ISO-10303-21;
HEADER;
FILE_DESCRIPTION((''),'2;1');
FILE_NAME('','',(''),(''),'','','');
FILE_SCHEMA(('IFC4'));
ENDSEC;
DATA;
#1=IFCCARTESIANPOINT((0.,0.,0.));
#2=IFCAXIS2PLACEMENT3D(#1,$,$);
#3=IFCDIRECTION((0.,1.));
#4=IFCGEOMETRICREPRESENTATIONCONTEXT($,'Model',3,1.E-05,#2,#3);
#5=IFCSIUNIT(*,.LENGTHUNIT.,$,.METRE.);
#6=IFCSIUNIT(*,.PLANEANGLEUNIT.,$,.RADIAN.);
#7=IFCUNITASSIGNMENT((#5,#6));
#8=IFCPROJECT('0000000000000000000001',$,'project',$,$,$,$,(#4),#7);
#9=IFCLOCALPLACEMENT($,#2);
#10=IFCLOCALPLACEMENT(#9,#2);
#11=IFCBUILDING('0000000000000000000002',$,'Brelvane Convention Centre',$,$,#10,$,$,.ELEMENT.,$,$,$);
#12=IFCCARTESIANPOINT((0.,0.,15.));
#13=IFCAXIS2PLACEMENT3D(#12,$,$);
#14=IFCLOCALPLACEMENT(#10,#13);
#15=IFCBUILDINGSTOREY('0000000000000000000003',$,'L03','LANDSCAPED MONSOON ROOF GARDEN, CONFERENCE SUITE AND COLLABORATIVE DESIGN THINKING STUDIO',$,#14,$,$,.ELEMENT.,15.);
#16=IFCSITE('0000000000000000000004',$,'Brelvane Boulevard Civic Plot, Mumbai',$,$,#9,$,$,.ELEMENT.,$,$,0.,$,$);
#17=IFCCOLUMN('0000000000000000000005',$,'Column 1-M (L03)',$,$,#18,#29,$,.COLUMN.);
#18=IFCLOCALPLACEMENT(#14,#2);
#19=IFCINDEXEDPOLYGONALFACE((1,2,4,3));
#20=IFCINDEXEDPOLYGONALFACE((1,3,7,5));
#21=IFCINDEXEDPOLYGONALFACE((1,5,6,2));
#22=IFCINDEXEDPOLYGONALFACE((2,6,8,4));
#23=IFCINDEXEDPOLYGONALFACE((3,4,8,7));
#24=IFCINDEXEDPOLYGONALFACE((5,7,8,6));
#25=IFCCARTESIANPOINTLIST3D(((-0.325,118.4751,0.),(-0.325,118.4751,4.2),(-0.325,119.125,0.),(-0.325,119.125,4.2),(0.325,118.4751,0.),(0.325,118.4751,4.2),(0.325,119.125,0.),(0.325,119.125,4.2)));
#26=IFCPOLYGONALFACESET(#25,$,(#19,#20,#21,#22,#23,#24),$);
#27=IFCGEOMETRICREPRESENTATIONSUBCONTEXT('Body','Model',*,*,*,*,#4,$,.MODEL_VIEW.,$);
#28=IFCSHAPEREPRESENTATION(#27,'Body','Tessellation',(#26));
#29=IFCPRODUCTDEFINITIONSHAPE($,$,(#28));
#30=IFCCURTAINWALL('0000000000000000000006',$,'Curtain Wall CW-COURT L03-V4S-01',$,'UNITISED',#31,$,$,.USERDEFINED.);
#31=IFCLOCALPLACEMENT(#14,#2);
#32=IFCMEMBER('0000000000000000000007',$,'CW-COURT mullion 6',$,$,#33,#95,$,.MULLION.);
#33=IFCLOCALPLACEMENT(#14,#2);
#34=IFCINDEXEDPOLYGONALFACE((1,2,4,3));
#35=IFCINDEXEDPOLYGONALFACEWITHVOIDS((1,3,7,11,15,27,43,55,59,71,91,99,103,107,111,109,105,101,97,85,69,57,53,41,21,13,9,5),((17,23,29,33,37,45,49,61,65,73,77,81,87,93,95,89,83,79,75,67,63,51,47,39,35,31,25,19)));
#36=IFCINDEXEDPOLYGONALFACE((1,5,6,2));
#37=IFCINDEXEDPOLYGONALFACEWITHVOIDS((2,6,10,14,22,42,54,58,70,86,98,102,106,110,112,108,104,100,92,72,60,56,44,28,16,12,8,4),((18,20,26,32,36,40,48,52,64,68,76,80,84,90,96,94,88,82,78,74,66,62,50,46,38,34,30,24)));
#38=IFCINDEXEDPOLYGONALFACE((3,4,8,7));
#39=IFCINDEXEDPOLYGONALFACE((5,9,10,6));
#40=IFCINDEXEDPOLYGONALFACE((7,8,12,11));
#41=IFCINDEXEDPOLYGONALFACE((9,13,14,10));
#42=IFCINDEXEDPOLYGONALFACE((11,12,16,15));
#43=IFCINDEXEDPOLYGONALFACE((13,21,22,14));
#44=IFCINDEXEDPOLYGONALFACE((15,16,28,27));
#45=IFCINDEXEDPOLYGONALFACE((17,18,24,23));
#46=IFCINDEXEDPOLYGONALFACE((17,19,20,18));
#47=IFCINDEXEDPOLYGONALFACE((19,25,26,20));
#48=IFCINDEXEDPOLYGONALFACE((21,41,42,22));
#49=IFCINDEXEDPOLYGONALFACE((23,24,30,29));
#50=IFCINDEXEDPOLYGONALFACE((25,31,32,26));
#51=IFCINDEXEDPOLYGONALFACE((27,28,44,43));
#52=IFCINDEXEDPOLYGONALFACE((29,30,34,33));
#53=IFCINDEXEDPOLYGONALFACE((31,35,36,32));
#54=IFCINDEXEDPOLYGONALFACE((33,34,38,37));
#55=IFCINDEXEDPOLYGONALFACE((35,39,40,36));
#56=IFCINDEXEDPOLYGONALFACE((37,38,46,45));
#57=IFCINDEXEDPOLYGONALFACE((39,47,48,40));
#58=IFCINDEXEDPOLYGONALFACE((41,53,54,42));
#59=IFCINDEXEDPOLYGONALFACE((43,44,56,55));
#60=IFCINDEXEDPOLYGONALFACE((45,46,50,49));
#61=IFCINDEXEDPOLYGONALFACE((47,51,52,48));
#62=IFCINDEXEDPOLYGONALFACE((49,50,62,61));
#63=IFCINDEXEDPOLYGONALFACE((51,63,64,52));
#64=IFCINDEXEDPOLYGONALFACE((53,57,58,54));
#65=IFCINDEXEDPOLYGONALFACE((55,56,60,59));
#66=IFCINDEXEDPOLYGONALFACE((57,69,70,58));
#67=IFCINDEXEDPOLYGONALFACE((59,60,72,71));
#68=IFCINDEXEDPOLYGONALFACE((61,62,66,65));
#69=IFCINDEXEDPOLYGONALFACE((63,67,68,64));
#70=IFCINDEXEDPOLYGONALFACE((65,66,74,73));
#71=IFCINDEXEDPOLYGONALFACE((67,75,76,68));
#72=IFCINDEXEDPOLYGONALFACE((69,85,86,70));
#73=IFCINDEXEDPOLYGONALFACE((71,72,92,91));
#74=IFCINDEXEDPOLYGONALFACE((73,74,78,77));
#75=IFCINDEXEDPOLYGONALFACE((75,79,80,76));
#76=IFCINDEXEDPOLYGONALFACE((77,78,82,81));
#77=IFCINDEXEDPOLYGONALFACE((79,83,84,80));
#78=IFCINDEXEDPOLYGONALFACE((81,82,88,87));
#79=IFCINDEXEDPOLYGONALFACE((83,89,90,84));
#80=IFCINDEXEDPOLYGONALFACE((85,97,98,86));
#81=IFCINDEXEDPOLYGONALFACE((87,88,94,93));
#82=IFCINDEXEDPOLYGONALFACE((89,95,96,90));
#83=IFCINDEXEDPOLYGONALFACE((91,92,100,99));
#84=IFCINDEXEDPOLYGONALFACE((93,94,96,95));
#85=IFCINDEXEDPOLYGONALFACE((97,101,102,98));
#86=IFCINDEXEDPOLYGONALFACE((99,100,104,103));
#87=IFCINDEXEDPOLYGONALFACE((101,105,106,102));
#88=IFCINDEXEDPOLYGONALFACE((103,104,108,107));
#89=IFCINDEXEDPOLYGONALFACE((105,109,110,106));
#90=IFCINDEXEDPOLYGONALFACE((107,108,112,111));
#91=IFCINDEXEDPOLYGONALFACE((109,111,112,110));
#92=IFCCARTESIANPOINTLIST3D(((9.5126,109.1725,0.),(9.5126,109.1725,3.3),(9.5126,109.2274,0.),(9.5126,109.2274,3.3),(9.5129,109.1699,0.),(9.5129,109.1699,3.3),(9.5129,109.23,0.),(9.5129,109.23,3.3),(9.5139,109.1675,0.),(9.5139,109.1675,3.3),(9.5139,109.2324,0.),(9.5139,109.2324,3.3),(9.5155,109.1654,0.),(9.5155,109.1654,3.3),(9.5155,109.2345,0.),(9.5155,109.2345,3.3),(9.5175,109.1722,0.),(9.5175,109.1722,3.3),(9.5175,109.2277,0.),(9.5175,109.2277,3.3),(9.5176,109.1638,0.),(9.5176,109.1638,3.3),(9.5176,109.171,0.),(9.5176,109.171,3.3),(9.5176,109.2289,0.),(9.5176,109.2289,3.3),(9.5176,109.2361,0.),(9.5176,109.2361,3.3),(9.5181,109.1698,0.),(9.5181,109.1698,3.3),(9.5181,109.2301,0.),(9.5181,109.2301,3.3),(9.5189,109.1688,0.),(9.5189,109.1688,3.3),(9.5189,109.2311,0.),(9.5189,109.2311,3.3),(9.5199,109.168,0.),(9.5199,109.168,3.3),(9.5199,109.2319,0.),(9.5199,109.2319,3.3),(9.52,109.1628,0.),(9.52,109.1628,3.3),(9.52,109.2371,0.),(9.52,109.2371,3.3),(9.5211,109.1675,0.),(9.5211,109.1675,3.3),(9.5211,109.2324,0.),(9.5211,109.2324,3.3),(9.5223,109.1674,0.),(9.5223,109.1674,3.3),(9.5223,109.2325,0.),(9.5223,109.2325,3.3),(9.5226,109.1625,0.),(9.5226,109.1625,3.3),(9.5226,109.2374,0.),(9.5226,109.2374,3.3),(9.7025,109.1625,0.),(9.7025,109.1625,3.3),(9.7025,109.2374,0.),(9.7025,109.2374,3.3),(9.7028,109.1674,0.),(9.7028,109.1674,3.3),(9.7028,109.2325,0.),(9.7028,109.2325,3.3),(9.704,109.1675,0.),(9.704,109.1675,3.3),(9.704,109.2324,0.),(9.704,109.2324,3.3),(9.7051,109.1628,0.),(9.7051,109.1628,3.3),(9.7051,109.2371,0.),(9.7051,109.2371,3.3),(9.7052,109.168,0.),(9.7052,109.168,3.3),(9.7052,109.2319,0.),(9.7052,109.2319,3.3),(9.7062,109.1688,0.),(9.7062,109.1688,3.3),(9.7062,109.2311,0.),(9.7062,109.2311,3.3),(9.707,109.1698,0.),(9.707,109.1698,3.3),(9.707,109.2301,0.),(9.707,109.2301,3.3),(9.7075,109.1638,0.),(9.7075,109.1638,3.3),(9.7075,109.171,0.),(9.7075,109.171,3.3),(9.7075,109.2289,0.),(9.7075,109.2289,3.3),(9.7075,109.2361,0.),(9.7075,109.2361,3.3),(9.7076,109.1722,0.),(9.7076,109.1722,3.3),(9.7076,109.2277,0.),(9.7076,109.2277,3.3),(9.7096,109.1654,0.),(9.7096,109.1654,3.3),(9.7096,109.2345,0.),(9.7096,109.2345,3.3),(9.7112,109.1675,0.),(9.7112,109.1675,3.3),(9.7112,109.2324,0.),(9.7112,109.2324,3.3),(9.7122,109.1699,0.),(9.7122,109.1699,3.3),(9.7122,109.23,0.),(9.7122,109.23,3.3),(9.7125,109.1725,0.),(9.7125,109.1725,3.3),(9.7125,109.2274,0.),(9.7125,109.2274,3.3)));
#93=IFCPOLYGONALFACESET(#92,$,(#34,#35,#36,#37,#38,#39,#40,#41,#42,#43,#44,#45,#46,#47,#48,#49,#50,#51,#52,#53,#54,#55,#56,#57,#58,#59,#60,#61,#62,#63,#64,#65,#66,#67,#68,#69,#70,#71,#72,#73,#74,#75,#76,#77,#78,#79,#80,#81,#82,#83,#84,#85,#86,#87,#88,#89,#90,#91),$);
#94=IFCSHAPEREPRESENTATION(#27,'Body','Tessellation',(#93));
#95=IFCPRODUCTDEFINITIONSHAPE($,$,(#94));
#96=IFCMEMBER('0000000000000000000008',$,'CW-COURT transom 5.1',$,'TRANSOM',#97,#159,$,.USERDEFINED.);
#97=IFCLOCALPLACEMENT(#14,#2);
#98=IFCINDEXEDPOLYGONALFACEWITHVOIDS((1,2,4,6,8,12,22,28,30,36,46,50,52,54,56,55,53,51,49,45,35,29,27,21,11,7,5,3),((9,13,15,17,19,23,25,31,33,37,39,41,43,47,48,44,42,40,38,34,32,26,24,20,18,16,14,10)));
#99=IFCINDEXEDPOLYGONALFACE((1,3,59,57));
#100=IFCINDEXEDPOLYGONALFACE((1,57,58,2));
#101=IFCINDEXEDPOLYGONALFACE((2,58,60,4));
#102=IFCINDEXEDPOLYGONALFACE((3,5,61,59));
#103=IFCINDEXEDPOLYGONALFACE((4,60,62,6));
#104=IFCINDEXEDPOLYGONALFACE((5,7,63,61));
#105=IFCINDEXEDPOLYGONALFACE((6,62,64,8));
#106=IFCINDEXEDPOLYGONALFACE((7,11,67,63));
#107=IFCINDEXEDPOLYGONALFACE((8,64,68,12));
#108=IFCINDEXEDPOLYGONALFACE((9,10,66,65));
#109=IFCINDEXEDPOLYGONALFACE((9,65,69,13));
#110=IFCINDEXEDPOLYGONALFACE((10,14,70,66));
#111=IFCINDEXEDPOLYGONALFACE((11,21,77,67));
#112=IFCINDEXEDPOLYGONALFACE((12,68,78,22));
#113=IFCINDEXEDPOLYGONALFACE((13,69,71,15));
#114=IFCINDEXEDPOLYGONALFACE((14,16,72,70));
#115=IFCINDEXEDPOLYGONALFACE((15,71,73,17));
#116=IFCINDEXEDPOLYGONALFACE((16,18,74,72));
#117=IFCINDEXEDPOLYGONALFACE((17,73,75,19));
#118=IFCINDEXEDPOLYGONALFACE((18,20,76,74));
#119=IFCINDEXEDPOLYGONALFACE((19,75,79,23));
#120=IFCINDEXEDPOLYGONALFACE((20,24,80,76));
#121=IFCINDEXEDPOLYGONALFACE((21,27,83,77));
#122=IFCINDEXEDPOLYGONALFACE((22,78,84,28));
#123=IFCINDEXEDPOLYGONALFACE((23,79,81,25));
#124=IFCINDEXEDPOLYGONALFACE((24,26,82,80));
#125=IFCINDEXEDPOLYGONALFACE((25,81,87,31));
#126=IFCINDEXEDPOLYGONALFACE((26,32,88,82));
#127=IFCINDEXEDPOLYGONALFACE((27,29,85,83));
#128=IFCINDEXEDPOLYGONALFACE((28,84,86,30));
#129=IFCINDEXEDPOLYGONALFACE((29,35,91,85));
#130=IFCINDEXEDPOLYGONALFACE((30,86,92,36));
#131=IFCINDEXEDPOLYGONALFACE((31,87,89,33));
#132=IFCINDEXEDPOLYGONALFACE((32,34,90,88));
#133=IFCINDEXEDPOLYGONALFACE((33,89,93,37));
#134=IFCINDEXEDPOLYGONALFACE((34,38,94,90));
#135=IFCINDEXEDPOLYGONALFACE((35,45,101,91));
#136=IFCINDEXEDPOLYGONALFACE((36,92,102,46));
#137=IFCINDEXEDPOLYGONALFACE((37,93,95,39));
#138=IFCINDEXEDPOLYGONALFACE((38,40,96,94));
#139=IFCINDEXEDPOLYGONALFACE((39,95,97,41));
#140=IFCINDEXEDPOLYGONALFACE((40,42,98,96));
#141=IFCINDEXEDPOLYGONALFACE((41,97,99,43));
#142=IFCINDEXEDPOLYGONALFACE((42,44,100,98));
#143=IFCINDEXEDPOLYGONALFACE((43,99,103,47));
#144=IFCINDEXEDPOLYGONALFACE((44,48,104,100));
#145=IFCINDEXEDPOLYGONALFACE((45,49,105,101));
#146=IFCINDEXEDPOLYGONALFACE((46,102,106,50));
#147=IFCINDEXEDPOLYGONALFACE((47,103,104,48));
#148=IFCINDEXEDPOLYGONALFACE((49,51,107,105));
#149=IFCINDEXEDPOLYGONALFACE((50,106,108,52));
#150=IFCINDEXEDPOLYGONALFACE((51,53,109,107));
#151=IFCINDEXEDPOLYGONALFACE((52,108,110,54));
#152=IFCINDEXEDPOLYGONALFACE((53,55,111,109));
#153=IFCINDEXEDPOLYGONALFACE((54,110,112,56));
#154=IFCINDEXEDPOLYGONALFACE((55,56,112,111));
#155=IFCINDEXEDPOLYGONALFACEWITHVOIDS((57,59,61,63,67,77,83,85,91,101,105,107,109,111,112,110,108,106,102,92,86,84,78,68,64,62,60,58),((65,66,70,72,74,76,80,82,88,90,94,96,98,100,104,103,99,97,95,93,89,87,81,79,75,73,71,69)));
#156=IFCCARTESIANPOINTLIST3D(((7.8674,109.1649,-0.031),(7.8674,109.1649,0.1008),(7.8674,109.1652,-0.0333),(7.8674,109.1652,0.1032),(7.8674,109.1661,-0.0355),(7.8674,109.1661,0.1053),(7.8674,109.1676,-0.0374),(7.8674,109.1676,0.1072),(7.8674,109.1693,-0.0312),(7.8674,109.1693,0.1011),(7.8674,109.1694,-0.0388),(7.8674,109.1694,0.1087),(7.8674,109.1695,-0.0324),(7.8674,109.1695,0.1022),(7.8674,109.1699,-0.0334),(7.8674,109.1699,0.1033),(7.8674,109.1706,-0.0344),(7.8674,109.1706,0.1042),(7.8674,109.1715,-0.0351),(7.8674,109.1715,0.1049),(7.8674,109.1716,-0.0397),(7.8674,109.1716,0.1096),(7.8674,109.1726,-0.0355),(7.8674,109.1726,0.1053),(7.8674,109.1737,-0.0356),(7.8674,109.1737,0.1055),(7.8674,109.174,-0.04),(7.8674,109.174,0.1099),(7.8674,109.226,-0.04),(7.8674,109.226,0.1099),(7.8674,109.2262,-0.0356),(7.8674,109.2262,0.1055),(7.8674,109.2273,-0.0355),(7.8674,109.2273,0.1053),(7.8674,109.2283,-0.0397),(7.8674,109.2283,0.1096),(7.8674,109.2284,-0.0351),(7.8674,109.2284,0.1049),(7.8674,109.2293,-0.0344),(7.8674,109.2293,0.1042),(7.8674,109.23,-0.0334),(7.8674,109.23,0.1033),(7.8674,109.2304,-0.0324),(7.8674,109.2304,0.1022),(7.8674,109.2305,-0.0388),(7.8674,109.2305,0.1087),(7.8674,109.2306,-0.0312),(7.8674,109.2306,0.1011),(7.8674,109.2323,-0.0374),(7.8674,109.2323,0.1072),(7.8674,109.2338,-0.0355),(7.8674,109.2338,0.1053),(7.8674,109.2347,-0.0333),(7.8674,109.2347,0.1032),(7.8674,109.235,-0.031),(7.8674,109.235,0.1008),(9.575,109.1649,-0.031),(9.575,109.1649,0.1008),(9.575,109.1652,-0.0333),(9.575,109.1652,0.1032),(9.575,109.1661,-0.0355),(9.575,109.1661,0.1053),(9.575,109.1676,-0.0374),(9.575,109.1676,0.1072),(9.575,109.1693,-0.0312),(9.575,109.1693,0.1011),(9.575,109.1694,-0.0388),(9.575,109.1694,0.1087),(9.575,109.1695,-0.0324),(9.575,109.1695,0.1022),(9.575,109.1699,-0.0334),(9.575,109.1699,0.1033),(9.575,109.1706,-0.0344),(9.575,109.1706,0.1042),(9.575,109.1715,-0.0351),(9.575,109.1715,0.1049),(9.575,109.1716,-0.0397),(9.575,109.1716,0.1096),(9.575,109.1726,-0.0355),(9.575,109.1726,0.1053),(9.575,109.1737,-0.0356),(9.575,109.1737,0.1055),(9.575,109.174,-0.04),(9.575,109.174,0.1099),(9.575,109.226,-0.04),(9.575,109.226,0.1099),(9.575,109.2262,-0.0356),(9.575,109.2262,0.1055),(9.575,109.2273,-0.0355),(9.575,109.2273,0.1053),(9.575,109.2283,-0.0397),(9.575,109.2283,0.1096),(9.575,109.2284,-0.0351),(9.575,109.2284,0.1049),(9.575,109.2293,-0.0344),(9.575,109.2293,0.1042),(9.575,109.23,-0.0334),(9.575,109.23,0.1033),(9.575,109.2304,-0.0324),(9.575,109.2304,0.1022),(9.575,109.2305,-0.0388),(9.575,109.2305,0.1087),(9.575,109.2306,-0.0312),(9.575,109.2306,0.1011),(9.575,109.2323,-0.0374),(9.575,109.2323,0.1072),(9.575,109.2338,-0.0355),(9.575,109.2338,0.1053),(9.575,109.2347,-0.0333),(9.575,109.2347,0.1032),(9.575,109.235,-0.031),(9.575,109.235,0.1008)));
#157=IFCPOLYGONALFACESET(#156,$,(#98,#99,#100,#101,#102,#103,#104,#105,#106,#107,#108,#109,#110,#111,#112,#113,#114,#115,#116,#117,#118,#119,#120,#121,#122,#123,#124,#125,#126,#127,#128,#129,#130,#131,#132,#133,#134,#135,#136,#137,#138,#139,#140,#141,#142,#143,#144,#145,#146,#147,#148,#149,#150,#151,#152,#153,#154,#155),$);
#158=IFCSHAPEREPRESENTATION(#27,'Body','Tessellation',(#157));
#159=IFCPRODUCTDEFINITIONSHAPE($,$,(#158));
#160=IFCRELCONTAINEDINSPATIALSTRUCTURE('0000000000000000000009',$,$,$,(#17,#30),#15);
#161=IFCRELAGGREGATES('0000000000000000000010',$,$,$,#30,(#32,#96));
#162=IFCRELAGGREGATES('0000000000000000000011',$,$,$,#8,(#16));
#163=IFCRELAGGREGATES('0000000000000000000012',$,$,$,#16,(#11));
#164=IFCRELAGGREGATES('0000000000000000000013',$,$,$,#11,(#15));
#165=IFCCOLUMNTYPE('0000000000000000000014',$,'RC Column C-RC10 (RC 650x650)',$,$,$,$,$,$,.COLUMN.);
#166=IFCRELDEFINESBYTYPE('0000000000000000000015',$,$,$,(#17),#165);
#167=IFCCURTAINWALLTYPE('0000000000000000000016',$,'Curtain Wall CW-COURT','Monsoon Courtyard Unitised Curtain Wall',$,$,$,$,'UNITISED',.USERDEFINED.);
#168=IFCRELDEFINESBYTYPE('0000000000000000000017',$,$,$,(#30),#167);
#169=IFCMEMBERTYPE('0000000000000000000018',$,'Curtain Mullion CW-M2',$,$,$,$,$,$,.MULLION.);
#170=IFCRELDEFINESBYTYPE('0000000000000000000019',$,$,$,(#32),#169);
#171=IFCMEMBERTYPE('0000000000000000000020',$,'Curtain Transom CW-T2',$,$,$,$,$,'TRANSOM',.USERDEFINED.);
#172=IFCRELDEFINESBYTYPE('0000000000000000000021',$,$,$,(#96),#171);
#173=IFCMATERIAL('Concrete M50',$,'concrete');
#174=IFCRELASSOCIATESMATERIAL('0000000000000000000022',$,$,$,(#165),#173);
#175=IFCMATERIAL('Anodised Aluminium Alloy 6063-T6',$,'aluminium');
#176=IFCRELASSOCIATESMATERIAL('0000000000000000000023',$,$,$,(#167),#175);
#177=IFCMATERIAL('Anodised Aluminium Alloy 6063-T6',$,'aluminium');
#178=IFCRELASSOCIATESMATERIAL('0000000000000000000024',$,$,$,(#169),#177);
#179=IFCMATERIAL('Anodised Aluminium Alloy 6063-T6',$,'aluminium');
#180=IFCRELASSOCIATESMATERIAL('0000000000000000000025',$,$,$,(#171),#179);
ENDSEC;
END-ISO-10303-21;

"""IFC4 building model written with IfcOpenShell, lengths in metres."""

from ifc_helpers import new_model, si_unit, direction, frame, origin, origin_2d, place, context, subcontext, project, spatial, rectangle, hollow_rectangle, extrude, material, material_profile, profile_set, type_object, element, aggregate, save


model = new_model("IFC4")

# Units and contexts
model_context = context("Model", 3, precision=1e-05, world=origin(), true_north=direction((0.0, 1.0)))
body_context = subcontext(model_context, "Body", "Model", "MODEL_VIEW")
ifc_project = project(units=[si_unit("LENGTHUNIT", "METRE"), si_unit("PLANEANGLEUNIT", "RADIAN")], contexts=[model_context])

# Site, building, storey
site_placement = place(None, origin())
site = spatial("IfcSite", under=ifc_project, at=site_placement, Name="Brelvane Boulevard Civic Plot, Mumbai", CompositionType="ELEMENT", RefElevation=0.0)
building_placement = place(site_placement, origin())
building = spatial("IfcBuilding", under=site, at=building_placement, Name="Brelvane Convention Centre", CompositionType="ELEMENT")
storey_placement = place(building_placement, frame((0.0, 0.0, 15.0)))
storey = spatial("IfcBuildingStorey", under=building, at=storey_placement, Name="L03", Description="LANDSCAPED MONSOON ROOF GARDEN, CONFERENCE SUITE AND COLLABORATIVE DESIGN THINKING STUDIO", CompositionType="ELEMENT", Elevation=15.0)

# Column
ifc_material_1 = material(Name="Concrete M50", Category="concrete")
ifc_material_profile_1 = material_profile(ifc_material_1, rectangle(XDim=0.6499, YDim=0.6499, at=origin_2d()), Name="RC 650x650")
ifc_profile_set_1 = profile_set([ifc_material_profile_1], Name="Concrete M50")
column_type = type_object("IfcColumnType", Name="RC Column C-RC10 (RC 650x650)", PredefinedType="COLUMN", material=ifc_profile_set_1)
column_placement = place(storey_placement, frame((0.0, 118.8, 0.0), z_axis=(0.0, 0.0, 1.0), x_axis=(1.0, 0.0, 0.0)))
element("IfcColumn", 1, at=column_placement, inside=storey, type_object=column_type, Name="Column 1-M (L03)", PredefinedType="COLUMN", context=body_context, shape_type="SweptSolid", body=[
    extrude(rectangle(XDim=0.6499, YDim=0.6499, at=origin_2d()), origin(), (0.0, 0.0, 1.0), 4.2),
])

# Curtain wall, members
ifc_material_2 = material(Name="Anodised Aluminium Alloy 6063-T6", Category="aluminium")
curtain_wall_type = type_object("IfcCurtainWallType", Name="Curtain Wall CW-COURT", Description="Monsoon Courtyard Unitised Curtain Wall", ElementType="UNITISED", PredefinedType="USERDEFINED", material=ifc_material_2)
curtain_wall_placement = place(storey_placement, origin())
curtain_wall = element("IfcCurtainWall", 2, at=curtain_wall_placement, inside=storey, type_object=curtain_wall_type, Name="Curtain Wall CW-COURT L03-V4S-01", ObjectType="UNITISED", PredefinedType="USERDEFINED")
ifc_material_3 = material(Name="Anodised Aluminium Alloy 6063-T6", Category="aluminium")
ifc_material_profile_2 = material_profile(ifc_material_3, hollow_rectangle(XDim=0.075, YDim=0.2, WallThickness=0.0049, InnerFilletRadius=0.0049, OuterFilletRadius=0.01, at=origin_2d()), Name="ALU-M 200x75x5.0")
ifc_profile_set_2 = profile_set([ifc_material_profile_2], Name="Anodised Aluminium Alloy 6063-T6")
member_type_1 = type_object("IfcMemberType", Name="Curtain Mullion CW-M2", PredefinedType="MULLION", material=ifc_profile_set_2)
member_1_placement = place(storey_placement, frame((9.6125, 109.2, 0.0), z_axis=(0.0, 0.0, 1.0), x_axis=(0.0, 1.0, 0.0)))
member_1 = element("IfcMember", 3, at=member_1_placement, type_object=member_type_1, Name="CW-COURT mullion 6", PredefinedType="MULLION", context=body_context, shape_type="SweptSolid", body=[
    extrude(hollow_rectangle(XDim=0.075, YDim=0.2, WallThickness=0.0049, InnerFilletRadius=0.0049, OuterFilletRadius=0.01, at=origin_2d()), origin(), (0.0, 0.0, 1.0), 3.3),
])
ifc_material_4 = material(Name="Anodised Aluminium Alloy 6063-T6", Category="aluminium")
ifc_material_profile_3 = material_profile(ifc_material_4, hollow_rectangle(XDim=0.0701, YDim=0.1499, WallThickness=0.0044, InnerFilletRadius=0.0044, OuterFilletRadius=0.009, at=origin_2d()), Name="ALU-T 150x70x4.5")
ifc_profile_set_3 = profile_set([ifc_material_profile_3], Name="Anodised Aluminium Alloy 6063-T6")
member_type_2 = type_object("IfcMemberType", Name="Curtain Transom CW-T2", ElementType="TRANSOM", PredefinedType="USERDEFINED", material=ifc_profile_set_3)
member_2_placement = place(storey_placement, frame((7.8674, 109.2, 0.0349), z_axis=(1.0, 0.0, 0.0), x_axis=(0.0, 1.0, 0.0)))
member_2 = element("IfcMember", 4, at=member_2_placement, type_object=member_type_2, Name="CW-COURT transom 5.1", ObjectType="TRANSOM", PredefinedType="USERDEFINED", context=body_context, shape_type="SweptSolid", body=[
    extrude(hollow_rectangle(XDim=0.0701, YDim=0.1499, WallThickness=0.0044, InnerFilletRadius=0.0044, OuterFilletRadius=0.009, at=origin_2d()), origin(), (0.0, 0.0, 1.0), 1.7075),
])

aggregate(curtain_wall, [member_1, member_2])

save(model, "model.ifc")
